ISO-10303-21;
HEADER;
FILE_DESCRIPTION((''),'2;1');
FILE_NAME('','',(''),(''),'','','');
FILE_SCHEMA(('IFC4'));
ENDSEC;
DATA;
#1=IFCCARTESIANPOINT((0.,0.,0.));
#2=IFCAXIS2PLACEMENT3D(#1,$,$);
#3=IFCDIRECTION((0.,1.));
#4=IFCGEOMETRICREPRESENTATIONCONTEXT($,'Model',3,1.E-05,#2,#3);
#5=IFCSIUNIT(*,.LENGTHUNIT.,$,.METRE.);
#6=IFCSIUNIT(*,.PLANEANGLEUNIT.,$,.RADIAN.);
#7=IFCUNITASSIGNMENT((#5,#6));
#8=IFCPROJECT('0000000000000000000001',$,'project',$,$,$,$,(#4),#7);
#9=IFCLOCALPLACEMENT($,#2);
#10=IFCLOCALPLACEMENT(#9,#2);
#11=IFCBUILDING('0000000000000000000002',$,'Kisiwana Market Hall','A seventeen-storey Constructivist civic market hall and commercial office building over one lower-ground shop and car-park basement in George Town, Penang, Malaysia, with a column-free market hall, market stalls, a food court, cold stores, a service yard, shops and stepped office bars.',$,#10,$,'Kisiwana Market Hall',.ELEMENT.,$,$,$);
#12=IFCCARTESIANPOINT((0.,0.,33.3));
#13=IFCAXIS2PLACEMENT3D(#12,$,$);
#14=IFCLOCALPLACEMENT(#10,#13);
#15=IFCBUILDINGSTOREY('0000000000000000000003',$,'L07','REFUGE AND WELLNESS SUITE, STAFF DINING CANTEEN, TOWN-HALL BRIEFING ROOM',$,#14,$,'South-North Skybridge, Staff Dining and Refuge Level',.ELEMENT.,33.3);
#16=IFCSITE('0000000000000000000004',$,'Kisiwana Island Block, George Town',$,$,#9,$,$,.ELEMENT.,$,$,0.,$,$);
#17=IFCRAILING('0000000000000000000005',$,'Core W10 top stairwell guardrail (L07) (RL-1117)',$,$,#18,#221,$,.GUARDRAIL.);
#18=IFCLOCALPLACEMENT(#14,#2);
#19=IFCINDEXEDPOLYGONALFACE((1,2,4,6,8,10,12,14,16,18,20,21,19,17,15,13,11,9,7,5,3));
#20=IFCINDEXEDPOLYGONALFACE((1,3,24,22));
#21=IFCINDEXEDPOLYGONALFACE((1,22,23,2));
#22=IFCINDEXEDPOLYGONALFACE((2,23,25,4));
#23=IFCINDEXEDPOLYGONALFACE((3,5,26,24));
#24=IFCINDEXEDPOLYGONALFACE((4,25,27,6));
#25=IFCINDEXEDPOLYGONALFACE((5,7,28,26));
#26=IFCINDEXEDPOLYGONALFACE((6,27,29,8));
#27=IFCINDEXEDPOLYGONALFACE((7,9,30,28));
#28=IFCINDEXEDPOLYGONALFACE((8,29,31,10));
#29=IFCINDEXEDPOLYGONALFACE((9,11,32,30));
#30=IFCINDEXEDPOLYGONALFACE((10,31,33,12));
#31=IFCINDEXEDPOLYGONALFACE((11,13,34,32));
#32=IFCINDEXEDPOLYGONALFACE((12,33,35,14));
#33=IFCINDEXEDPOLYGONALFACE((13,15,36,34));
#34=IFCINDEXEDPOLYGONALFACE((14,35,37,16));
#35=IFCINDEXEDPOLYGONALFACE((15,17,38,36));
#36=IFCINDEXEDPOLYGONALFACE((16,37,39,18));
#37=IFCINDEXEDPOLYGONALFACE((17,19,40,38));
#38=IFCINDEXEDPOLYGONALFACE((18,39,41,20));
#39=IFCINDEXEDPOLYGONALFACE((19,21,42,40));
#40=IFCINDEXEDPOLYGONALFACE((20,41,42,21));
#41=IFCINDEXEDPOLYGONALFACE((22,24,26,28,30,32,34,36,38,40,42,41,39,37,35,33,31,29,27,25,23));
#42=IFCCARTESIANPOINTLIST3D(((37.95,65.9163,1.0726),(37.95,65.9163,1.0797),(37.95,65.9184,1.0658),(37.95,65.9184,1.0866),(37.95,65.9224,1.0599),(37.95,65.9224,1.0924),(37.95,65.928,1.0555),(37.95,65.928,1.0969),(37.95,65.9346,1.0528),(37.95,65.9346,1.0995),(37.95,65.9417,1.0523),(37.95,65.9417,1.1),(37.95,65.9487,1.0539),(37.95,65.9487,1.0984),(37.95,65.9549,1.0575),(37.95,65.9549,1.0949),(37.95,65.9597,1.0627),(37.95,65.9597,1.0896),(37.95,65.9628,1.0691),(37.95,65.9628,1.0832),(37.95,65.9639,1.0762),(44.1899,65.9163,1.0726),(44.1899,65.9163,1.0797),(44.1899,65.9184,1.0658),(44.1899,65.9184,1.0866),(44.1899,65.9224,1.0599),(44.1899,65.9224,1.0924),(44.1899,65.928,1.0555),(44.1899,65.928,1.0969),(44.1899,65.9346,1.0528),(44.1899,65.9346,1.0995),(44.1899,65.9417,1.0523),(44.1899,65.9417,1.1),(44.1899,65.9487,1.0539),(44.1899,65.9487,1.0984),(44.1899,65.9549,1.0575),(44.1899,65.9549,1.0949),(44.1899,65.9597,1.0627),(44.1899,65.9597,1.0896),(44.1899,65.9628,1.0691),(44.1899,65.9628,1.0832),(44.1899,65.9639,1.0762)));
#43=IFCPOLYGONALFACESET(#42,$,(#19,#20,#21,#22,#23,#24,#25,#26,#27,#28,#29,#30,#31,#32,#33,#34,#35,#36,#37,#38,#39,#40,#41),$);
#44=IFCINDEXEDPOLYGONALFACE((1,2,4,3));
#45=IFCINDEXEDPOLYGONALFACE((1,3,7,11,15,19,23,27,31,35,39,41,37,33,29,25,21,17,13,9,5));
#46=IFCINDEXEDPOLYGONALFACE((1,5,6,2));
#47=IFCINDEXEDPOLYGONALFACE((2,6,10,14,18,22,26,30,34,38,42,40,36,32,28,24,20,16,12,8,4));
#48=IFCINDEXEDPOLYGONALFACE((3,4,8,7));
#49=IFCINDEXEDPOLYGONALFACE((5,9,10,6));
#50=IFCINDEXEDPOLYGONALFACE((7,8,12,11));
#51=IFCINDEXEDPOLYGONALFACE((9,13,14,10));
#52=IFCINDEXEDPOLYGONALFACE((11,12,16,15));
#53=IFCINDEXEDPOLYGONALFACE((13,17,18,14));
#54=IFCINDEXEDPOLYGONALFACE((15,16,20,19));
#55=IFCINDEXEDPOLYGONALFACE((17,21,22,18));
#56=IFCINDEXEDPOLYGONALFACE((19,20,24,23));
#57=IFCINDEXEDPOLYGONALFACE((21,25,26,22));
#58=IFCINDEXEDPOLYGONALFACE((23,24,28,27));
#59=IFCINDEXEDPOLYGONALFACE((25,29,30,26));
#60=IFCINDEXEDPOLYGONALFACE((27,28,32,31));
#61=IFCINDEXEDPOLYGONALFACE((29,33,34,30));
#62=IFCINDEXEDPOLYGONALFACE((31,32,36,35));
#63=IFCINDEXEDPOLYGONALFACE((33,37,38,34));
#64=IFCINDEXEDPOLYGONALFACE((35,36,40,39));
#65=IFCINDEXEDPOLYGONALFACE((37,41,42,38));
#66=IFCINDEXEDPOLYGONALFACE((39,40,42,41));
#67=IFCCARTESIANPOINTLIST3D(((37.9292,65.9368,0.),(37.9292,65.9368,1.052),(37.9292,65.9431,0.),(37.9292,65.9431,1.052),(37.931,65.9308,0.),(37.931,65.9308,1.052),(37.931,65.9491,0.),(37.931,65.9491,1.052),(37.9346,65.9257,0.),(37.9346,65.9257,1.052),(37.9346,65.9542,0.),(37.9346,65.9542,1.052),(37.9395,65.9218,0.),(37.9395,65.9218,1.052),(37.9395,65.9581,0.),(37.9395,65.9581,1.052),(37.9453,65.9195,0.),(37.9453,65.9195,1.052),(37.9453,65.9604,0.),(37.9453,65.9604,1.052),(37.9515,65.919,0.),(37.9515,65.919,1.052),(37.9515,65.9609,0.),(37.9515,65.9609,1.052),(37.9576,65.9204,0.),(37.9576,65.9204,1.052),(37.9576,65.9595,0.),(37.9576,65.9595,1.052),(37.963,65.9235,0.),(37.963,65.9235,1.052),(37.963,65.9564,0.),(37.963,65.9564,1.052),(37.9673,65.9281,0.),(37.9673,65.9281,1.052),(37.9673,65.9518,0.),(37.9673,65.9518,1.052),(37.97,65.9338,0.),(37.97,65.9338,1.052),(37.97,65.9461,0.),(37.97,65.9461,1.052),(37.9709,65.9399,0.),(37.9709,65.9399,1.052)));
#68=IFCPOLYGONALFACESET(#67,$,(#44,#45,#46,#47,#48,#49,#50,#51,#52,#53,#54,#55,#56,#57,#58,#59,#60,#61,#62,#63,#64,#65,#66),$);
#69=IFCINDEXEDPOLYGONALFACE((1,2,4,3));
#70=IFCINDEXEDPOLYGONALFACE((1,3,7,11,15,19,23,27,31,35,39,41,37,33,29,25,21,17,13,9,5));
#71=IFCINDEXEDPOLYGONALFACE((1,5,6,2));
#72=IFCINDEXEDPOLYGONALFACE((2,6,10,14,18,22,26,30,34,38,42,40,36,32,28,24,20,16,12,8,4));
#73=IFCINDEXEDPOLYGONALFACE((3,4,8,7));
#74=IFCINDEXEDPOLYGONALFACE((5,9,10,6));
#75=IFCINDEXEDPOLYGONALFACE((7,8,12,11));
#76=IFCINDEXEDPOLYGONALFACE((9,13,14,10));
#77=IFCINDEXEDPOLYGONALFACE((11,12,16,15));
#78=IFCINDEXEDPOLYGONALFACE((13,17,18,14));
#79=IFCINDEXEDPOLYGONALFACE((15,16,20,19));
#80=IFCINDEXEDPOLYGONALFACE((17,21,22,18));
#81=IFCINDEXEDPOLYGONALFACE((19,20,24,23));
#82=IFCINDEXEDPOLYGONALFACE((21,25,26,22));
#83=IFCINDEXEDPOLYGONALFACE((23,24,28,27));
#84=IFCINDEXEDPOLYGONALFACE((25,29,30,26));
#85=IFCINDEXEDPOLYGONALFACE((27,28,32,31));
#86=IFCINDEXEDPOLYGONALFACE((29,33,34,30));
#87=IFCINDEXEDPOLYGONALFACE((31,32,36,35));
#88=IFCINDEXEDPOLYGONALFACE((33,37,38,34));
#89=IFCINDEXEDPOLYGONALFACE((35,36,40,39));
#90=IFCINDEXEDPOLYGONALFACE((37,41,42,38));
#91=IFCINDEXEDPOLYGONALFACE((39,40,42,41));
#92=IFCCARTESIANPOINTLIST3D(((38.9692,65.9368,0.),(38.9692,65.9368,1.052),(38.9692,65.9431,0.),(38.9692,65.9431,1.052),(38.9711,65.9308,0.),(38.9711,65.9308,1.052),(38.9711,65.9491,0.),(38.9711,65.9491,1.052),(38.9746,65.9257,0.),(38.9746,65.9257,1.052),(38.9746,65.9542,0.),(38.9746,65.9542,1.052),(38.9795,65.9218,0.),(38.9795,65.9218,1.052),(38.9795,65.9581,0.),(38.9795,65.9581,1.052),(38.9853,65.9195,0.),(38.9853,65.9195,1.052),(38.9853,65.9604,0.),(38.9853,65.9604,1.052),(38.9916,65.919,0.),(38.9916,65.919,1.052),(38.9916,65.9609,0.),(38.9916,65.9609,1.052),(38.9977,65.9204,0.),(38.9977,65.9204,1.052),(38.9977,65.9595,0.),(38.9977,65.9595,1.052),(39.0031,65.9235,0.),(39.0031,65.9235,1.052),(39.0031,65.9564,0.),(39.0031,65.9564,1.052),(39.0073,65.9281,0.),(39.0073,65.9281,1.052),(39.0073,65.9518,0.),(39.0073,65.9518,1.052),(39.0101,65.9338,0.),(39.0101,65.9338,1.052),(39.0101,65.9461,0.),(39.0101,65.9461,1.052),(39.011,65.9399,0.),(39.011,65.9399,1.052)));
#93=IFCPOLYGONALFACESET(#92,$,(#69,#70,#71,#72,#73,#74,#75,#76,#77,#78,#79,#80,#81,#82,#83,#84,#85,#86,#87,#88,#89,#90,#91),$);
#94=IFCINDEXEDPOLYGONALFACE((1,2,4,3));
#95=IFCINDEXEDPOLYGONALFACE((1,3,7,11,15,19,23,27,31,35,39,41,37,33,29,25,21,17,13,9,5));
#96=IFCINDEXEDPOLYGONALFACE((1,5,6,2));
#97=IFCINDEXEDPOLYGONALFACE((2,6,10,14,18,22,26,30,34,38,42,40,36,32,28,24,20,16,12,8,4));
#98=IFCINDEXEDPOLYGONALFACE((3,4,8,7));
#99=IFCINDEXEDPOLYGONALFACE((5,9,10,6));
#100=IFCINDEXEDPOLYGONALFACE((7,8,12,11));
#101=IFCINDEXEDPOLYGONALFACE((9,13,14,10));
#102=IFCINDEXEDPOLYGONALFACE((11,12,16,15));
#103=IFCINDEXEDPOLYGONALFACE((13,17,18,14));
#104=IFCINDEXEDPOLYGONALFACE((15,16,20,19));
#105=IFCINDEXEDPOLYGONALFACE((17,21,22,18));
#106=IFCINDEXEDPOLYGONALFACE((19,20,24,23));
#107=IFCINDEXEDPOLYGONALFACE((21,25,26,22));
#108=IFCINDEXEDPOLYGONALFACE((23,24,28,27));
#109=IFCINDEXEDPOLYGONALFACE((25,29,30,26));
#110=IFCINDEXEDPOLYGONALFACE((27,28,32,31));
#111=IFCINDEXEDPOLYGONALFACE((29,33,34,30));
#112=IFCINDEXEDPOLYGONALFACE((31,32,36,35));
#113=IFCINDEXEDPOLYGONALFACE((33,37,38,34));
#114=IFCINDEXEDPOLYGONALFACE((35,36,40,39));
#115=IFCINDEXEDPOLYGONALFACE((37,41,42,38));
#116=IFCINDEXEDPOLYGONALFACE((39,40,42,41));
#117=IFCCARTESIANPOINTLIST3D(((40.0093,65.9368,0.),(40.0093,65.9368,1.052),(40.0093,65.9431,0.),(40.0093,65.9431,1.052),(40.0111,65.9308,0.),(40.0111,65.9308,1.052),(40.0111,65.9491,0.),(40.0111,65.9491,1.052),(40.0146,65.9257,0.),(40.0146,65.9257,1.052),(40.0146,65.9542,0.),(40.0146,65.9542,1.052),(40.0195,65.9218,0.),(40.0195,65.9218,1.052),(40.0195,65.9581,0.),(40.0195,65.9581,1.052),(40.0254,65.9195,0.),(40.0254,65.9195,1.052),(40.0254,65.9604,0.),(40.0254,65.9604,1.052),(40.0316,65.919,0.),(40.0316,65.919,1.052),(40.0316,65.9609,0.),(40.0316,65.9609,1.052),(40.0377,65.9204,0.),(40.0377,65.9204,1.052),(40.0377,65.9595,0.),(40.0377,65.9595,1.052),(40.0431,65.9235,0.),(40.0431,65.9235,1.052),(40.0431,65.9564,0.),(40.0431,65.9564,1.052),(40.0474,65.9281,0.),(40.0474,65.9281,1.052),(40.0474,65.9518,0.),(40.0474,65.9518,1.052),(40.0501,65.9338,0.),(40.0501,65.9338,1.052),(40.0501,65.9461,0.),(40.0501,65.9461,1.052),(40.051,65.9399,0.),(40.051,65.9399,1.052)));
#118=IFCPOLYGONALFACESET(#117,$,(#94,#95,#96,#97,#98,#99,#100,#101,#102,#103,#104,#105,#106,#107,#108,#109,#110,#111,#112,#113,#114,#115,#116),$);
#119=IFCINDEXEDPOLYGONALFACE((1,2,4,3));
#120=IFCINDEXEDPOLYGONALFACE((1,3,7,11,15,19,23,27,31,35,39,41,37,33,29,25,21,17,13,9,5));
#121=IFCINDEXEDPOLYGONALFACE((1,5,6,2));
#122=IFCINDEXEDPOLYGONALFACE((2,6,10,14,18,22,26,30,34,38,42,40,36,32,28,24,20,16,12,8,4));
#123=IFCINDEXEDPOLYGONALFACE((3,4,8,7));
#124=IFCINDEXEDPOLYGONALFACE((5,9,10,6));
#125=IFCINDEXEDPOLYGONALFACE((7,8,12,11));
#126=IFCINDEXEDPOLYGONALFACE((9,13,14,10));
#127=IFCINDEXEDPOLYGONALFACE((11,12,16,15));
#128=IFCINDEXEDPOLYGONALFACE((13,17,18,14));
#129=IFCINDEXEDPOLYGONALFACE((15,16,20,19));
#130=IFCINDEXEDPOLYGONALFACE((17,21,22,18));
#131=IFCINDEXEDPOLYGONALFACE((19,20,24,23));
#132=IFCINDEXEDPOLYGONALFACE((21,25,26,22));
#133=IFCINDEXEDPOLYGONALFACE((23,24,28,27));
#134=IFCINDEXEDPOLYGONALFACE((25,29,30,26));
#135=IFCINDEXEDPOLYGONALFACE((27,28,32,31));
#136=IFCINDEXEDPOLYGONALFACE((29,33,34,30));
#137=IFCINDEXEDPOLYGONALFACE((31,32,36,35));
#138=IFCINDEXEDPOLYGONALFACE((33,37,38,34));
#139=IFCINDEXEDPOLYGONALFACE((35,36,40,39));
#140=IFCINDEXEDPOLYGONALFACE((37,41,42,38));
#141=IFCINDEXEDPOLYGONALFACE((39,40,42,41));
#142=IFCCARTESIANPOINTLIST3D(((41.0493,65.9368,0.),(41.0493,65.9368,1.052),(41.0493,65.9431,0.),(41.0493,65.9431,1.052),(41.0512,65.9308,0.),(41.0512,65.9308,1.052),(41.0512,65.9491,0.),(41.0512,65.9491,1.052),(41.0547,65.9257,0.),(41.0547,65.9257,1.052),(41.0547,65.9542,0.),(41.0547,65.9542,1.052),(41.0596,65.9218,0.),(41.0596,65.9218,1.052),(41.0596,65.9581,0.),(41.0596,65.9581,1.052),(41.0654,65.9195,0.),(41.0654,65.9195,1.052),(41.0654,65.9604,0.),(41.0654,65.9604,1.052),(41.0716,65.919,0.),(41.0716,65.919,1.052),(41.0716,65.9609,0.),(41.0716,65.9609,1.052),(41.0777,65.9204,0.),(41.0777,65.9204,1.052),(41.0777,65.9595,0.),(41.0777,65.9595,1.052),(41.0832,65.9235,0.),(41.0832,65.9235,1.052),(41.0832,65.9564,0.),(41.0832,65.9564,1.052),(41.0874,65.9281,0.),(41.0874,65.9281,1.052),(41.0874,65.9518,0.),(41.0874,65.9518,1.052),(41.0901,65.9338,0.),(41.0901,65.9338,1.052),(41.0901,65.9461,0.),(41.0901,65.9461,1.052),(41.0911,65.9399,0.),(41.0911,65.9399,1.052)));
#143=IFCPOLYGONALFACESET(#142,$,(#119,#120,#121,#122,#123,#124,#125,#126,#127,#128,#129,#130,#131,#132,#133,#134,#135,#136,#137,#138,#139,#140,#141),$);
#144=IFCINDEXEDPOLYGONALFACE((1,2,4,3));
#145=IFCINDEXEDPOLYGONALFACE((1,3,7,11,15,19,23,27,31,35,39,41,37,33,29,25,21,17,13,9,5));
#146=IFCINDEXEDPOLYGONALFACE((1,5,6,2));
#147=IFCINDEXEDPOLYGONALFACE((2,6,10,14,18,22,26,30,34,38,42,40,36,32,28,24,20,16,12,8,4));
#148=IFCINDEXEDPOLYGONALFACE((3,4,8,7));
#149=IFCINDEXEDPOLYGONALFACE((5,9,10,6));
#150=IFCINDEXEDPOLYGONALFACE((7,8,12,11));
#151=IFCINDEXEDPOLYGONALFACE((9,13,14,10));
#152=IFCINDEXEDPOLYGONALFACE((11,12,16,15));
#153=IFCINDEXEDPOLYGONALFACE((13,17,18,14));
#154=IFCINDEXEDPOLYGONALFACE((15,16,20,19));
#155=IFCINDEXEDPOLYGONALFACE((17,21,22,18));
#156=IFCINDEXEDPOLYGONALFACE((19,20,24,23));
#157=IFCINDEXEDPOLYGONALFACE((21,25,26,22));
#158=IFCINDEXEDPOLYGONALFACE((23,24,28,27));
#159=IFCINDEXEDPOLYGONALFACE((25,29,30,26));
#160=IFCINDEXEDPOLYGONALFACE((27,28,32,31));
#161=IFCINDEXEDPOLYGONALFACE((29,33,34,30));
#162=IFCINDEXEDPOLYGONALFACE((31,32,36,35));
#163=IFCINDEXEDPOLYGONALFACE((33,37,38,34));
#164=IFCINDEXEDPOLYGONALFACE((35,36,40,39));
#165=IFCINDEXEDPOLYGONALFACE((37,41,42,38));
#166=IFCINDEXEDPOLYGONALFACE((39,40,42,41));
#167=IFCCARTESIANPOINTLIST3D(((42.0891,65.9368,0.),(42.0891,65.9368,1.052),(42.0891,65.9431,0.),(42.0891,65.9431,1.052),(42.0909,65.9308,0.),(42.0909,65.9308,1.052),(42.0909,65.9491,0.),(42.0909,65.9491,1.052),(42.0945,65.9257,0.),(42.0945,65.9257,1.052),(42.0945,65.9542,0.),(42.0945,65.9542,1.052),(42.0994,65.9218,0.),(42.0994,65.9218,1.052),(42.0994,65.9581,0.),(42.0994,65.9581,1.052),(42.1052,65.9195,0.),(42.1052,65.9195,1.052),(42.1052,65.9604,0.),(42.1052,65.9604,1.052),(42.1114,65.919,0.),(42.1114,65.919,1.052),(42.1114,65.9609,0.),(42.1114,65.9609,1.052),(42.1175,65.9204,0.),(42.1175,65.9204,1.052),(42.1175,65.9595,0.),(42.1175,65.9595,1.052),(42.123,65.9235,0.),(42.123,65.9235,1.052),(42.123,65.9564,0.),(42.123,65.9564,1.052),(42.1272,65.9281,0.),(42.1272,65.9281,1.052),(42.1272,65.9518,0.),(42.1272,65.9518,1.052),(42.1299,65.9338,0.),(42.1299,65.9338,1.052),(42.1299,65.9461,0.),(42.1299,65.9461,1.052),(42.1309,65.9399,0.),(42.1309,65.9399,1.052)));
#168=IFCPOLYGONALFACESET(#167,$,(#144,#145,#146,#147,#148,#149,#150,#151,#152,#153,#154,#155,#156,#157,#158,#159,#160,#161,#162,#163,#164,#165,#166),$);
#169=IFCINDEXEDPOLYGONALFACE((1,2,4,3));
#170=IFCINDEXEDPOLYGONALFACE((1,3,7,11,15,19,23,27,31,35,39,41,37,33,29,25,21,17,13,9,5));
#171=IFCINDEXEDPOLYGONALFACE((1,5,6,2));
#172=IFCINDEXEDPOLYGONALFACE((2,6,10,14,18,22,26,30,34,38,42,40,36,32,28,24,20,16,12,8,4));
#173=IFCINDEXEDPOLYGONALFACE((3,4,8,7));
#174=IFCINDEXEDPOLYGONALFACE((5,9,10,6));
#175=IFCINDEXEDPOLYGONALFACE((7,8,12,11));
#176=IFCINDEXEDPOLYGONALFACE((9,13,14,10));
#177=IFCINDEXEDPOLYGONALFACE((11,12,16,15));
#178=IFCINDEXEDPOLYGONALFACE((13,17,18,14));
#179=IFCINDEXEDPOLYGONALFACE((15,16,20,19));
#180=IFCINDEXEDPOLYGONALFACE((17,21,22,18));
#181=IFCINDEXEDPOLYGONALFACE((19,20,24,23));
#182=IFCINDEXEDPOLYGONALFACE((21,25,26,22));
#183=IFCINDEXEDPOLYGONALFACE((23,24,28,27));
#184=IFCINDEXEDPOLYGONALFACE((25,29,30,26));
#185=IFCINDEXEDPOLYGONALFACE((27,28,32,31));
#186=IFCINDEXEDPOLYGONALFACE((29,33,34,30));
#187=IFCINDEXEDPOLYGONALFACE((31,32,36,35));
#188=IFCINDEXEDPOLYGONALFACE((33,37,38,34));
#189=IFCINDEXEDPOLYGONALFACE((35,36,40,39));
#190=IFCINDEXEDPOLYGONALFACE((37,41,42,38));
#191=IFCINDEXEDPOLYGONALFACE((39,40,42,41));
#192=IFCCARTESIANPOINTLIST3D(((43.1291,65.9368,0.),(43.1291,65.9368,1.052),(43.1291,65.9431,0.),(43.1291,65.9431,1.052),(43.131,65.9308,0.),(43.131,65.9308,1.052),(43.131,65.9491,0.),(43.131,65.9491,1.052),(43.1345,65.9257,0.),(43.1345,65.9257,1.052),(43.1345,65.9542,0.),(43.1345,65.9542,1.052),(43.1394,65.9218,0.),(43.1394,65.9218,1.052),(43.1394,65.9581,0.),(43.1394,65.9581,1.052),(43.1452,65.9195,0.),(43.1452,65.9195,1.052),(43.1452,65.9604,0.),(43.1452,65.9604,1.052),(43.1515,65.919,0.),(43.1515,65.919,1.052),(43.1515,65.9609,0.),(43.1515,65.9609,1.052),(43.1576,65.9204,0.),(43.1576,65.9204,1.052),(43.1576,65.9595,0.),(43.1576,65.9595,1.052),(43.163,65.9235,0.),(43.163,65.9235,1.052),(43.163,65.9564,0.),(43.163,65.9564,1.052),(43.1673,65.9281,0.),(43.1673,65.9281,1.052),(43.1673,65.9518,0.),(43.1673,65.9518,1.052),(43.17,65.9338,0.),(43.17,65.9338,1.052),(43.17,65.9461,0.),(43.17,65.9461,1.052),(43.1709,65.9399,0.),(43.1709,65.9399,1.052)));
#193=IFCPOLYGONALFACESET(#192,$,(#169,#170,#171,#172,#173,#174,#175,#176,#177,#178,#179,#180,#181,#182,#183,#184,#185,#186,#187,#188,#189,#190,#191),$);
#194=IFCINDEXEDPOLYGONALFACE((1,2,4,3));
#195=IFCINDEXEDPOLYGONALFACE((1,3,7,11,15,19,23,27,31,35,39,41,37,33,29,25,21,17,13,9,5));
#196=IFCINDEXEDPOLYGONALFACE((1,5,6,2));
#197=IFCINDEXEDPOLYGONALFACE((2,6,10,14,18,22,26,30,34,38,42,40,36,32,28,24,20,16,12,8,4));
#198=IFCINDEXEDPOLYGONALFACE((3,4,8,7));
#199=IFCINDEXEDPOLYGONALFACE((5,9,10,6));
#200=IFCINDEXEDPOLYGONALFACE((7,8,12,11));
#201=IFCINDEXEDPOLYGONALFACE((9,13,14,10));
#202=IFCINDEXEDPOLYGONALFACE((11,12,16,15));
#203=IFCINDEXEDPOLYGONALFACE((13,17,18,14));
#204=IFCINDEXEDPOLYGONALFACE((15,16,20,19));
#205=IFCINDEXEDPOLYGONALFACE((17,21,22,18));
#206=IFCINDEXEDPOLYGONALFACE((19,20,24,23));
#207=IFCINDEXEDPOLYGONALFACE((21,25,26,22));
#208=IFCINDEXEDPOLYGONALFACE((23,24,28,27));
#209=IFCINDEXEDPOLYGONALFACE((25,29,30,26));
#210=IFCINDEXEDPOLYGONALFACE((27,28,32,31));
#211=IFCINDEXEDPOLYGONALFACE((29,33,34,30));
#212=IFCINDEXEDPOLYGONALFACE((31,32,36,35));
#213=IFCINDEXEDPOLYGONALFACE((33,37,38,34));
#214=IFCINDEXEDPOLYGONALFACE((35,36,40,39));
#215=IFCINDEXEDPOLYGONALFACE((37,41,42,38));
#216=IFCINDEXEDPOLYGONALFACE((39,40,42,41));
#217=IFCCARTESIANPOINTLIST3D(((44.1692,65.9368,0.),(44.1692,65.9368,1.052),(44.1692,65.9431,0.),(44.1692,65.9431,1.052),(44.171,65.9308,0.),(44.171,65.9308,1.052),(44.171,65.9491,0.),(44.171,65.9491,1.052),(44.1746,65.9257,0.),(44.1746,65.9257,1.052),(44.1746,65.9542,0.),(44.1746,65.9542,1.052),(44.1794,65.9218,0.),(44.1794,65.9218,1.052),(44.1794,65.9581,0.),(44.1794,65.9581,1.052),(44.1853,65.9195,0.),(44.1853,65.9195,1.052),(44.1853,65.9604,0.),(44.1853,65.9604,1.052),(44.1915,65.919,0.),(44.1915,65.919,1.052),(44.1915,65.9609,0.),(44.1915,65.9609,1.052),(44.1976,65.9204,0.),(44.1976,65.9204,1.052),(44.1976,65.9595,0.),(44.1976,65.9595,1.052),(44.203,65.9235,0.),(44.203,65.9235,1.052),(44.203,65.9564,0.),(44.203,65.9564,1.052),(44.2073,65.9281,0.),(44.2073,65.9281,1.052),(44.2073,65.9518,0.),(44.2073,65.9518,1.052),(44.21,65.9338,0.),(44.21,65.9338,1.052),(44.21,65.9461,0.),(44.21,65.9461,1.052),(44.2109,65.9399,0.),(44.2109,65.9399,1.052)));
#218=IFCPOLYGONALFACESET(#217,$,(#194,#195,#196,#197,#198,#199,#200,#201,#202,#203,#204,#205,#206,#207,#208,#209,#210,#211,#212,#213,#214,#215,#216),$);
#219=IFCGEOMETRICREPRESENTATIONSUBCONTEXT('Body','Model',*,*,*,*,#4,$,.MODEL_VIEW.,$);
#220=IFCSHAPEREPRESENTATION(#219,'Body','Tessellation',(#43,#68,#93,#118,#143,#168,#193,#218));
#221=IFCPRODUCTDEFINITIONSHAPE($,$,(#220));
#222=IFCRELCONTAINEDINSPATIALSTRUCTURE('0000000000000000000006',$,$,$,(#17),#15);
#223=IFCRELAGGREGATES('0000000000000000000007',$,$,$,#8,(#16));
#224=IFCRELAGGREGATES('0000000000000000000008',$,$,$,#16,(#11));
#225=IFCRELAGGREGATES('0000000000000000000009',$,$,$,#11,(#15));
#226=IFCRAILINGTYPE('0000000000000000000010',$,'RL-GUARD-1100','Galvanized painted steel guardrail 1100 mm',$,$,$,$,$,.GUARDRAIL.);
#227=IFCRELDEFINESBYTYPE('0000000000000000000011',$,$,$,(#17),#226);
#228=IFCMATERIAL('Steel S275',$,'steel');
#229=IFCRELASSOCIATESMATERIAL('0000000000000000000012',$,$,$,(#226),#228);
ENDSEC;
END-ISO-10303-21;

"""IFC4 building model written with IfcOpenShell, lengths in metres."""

from ifc_helpers import new_model, si_unit, direction, frame, origin, origin_2d, place, context, subcontext, project, spatial, circle, extrude, material, type_object, element, save


model = new_model("IFC4")

# Units and contexts
model_context = context("Model", 3, precision=1e-05, world=origin(), true_north=direction((0.0, 1.0)))
body_context = subcontext(model_context, "Body", "Model", "MODEL_VIEW")
ifc_project = project(units=[si_unit("LENGTHUNIT", "METRE"), si_unit("PLANEANGLEUNIT", "RADIAN")], contexts=[model_context])

# Site, building, storey
site_placement = place(None, origin())
site = spatial("IfcSite", under=ifc_project, at=site_placement, Name="Kisiwana Island Block, George Town", CompositionType="ELEMENT", RefElevation=0.0)
building_placement = place(site_placement, origin())
building = spatial("IfcBuilding", under=site, at=building_placement, Name="Kisiwana Market Hall", Description="A seventeen-storey Constructivist civic market hall and commercial office building over one lower-ground shop and car-park basement in George Town, Penang, Malaysia, with a column-free market hall, market stalls, a food court, cold stores, a service yard, shops and stepped office bars.", LongName="Kisiwana Market Hall", CompositionType="ELEMENT")
storey_placement = place(building_placement, frame((0.0, 0.0, 33.3)))
storey = spatial("IfcBuildingStorey", under=building, at=storey_placement, Name="L07", Description="REFUGE AND WELLNESS SUITE, STAFF DINING CANTEEN, TOWN-HALL BRIEFING ROOM", LongName="South-North Skybridge, Staff Dining and Refuge Level", CompositionType="ELEMENT", Elevation=33.3)

# Railing
ifc_material_1 = material(Name="Steel S275", Category="steel")
railing_type_1 = type_object("IfcRailingType", Name="RL-GUARD-1100", Description="Galvanized painted steel guardrail 1100 mm", PredefinedType="GUARDRAIL", material=ifc_material_1)
railing_1_placement = place(storey_placement, frame((37.95, 65.9399, 0.0)))
element("IfcRailing", 1, at=railing_1_placement, inside=storey, type_object=railing_type_1, Name="Core W10 top stairwell guardrail (L07) (RL-1117)", PredefinedType="GUARDRAIL", context=body_context, shape_type="SweptSolid", body=[
    extrude(circle(Radius=0.0239, at=origin_2d()), frame((0.0, 0.0, 1.0762), z_axis=(1.0, 0.0, 0.0), x_axis=(0.0, 1.0, 0.0)), (0.0, 0.0, 1.0), 6.24),
    extrude(circle(Radius=0.021, at=origin_2d()), origin(), (0.0, 0.0, 1.0), 1.052),
    extrude(circle(Radius=0.021, at=origin_2d()), frame((1.04, 0.0, 0.0)), (0.0, 0.0, 1.0), 1.052),
    extrude(circle(Radius=0.021, at=origin_2d()), frame((2.0801, 0.0, 0.0)), (0.0, 0.0, 1.0), 1.052),
    extrude(circle(Radius=0.021, at=origin_2d()), frame((3.1201, 0.0, 0.0)), (0.0, 0.0, 1.0), 1.052),
    extrude(circle(Radius=0.021, at=origin_2d()), frame((4.1599, 0.0, 0.0)), (0.0, 0.0, 1.0), 1.052),
    extrude(circle(Radius=0.021, at=origin_2d()), frame((5.2, 0.0, 0.0)), (0.0, 0.0, 1.0), 1.052),
    extrude(circle(Radius=0.021, at=origin_2d()), frame((6.24, 0.0, 0.0)), (0.0, 0.0, 1.0), 1.052),
])

save(model, "model.ifc")
